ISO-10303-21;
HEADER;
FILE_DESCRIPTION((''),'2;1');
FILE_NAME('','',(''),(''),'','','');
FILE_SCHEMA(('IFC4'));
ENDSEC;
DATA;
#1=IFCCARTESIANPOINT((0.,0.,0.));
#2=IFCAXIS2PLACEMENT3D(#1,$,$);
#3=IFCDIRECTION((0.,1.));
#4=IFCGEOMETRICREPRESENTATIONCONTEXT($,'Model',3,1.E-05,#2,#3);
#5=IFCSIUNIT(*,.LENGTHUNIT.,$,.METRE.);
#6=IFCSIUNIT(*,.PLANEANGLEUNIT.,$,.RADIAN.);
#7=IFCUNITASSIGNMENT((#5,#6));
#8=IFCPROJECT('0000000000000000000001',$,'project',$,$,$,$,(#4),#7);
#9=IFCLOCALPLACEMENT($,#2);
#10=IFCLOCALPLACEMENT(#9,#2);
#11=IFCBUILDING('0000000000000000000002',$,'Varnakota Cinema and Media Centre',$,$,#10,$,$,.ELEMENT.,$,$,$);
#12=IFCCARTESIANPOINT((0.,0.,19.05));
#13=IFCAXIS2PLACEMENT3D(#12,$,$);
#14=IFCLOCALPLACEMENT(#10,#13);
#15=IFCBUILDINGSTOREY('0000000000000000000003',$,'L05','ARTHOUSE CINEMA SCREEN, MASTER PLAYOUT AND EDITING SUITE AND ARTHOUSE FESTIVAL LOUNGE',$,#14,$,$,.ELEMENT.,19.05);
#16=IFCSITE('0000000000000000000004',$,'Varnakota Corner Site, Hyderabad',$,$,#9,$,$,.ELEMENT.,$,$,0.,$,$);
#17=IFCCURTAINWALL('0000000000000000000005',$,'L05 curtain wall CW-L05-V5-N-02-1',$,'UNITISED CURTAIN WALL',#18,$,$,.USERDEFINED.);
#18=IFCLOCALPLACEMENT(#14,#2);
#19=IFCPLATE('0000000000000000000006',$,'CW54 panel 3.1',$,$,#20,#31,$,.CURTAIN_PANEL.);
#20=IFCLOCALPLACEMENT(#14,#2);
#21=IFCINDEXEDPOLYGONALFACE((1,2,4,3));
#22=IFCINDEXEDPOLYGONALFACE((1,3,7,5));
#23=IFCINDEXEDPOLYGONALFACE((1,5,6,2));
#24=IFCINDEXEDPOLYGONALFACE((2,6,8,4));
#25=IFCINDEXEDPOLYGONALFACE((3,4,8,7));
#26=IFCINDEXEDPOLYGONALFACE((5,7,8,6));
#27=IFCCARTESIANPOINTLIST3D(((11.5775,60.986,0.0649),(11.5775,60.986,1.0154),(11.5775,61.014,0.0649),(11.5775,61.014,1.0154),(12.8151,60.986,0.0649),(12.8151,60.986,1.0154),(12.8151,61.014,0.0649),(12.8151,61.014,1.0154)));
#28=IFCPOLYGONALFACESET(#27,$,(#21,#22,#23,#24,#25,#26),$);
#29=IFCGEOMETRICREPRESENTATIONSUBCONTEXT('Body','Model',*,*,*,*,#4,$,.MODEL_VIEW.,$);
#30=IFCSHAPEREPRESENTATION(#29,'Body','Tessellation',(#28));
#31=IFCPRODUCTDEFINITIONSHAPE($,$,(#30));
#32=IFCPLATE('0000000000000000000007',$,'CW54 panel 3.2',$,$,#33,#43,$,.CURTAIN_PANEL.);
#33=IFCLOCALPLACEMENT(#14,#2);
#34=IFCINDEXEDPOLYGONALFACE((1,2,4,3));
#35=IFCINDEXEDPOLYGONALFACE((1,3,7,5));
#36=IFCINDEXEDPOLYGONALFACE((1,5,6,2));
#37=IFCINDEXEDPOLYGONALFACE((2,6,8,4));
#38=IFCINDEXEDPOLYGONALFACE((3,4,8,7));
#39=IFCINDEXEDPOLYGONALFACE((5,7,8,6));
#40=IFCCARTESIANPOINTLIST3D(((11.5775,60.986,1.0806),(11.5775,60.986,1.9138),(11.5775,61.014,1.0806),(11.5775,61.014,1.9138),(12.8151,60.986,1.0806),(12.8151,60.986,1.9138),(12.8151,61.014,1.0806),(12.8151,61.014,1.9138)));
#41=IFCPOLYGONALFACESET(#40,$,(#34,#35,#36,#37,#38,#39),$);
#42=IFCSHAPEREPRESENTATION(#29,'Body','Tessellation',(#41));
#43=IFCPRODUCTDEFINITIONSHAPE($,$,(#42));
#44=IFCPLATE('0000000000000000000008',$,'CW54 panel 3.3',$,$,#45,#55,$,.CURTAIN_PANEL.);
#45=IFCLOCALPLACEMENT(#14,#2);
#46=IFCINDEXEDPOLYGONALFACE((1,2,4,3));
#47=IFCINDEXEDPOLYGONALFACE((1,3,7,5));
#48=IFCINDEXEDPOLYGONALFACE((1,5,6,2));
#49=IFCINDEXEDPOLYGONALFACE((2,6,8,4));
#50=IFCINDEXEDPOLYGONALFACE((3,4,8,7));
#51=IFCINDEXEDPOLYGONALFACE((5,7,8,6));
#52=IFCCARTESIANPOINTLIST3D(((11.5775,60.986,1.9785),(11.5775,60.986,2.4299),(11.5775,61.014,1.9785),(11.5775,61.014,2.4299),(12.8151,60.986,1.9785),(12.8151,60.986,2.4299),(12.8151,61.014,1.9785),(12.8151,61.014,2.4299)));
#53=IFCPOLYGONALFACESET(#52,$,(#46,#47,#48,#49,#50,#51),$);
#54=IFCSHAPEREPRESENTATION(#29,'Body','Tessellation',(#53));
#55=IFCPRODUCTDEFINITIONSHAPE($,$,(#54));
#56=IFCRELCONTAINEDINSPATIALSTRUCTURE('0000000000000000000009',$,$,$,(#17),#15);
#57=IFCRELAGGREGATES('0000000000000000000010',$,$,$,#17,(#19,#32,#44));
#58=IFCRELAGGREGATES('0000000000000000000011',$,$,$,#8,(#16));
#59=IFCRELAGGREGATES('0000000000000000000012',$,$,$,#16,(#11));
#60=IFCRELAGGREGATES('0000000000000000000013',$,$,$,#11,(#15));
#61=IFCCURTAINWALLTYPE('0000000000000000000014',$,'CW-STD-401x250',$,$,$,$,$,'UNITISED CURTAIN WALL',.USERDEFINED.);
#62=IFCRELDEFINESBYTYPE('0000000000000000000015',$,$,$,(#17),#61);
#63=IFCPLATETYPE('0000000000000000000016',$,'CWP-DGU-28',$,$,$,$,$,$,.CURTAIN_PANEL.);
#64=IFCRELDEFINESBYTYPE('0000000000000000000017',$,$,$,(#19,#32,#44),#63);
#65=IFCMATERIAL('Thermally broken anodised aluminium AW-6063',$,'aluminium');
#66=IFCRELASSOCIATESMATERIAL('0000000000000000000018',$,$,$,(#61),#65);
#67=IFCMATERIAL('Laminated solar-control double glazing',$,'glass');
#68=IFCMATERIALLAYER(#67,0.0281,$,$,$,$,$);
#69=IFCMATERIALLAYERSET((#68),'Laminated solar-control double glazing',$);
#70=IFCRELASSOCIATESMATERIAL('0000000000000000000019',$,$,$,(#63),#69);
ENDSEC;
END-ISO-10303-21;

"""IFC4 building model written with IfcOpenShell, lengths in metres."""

from ifc_helpers import new_model, si_unit, direction, frame, origin, origin_2d, place, context, subcontext, project, spatial, rectangle, extrude, material, layer, layer_set, type_object, element, aggregate, save


model = new_model("IFC4")

# Units and contexts
model_context = context("Model", 3, precision=1e-05, world=origin(), true_north=direction((0.0, 1.0)))
body_context = subcontext(model_context, "Body", "Model", "MODEL_VIEW")
ifc_project = project(units=[si_unit("LENGTHUNIT", "METRE"), si_unit("PLANEANGLEUNIT", "RADIAN")], contexts=[model_context])

# Site, building, storey
site_placement = place(None, origin())
site = spatial("IfcSite", under=ifc_project, at=site_placement, Name="Varnakota Corner Site, Hyderabad", CompositionType="ELEMENT", RefElevation=0.0)
building_placement = place(site_placement, origin())
building = spatial("IfcBuilding", under=site, at=building_placement, Name="Varnakota Cinema and Media Centre", CompositionType="ELEMENT")
storey_placement = place(building_placement, frame((0.0, 0.0, 19.05)))
storey = spatial("IfcBuildingStorey", under=building, at=storey_placement, Name="L05", Description="ARTHOUSE CINEMA SCREEN, MASTER PLAYOUT AND EDITING SUITE AND ARTHOUSE FESTIVAL LOUNGE", CompositionType="ELEMENT", Elevation=19.05)

# Curtain wall
ifc_material_1 = material(Name="Thermally broken anodised aluminium AW-6063", Category="aluminium")
curtain_wall_type = type_object("IfcCurtainWallType", Name="CW-STD-401x250", ElementType="UNITISED CURTAIN WALL", PredefinedType="USERDEFINED", material=ifc_material_1)
curtain_wall_1_placement = place(storey_placement, origin())
curtain_wall_1 = element("IfcCurtainWall", 1, at=curtain_wall_1_placement, inside=storey, type_object=curtain_wall_type, Name="L05 curtain wall CW-L05-V5-N-02-1", ObjectType="UNITISED CURTAIN WALL", PredefinedType="USERDEFINED")

# Plates
ifc_material_2 = material(Name="Laminated solar-control double glazing", Category="glass")
ifc_layer = layer(ifc_material_2, 0.0281)
ifc_layer_set = layer_set([ifc_layer], Name="Laminated solar-control double glazing")
plate_type = type_object("IfcPlateType", Name="CWP-DGU-28", PredefinedType="CURTAIN_PANEL", material=ifc_layer_set)
plate_1_placement = place(storey_placement, frame((12.1963, 61.0, 0.0649), z_axis=(0.0, 0.0, 1.0), x_axis=(1.0, 0.0, 0.0)))
plate_1 = element("IfcPlate", 2, at=plate_1_placement, type_object=plate_type, Name="CW54 panel 3.1", PredefinedType="CURTAIN_PANEL", context=body_context, shape_type="SweptSolid", body=[
    extrude(rectangle(XDim=1.2375, YDim=0.0281, at=origin_2d()), origin(), (0.0, 0.0, 1.0), 0.9504),
])
plate_2_placement = place(storey_placement, frame((12.1963, 61.0, 1.0806), z_axis=(0.0, 0.0, 1.0), x_axis=(1.0, 0.0, 0.0)))
plate_2 = element("IfcPlate", 3, at=plate_2_placement, type_object=plate_type, Name="CW54 panel 3.2", PredefinedType="CURTAIN_PANEL", context=body_context, shape_type="SweptSolid", body=[
    extrude(rectangle(XDim=1.2375, YDim=0.0281, at=origin_2d()), origin(), (0.0, 0.0, 1.0), 0.8333),
])
plate_3_placement = place(storey_placement, frame((12.1963, 61.0, 1.9785), z_axis=(0.0, 0.0, 1.0), x_axis=(1.0, 0.0, 0.0)))
plate_3 = element("IfcPlate", 4, at=plate_3_placement, type_object=plate_type, Name="CW54 panel 3.3", PredefinedType="CURTAIN_PANEL", context=body_context, shape_type="SweptSolid", body=[
    extrude(rectangle(XDim=1.2375, YDim=0.0281, at=origin_2d()), origin(), (0.0, 0.0, 1.0), 0.4514),
])
aggregate(curtain_wall_1, [plate_1, plate_2, plate_3])

save(model, "model.ifc")
